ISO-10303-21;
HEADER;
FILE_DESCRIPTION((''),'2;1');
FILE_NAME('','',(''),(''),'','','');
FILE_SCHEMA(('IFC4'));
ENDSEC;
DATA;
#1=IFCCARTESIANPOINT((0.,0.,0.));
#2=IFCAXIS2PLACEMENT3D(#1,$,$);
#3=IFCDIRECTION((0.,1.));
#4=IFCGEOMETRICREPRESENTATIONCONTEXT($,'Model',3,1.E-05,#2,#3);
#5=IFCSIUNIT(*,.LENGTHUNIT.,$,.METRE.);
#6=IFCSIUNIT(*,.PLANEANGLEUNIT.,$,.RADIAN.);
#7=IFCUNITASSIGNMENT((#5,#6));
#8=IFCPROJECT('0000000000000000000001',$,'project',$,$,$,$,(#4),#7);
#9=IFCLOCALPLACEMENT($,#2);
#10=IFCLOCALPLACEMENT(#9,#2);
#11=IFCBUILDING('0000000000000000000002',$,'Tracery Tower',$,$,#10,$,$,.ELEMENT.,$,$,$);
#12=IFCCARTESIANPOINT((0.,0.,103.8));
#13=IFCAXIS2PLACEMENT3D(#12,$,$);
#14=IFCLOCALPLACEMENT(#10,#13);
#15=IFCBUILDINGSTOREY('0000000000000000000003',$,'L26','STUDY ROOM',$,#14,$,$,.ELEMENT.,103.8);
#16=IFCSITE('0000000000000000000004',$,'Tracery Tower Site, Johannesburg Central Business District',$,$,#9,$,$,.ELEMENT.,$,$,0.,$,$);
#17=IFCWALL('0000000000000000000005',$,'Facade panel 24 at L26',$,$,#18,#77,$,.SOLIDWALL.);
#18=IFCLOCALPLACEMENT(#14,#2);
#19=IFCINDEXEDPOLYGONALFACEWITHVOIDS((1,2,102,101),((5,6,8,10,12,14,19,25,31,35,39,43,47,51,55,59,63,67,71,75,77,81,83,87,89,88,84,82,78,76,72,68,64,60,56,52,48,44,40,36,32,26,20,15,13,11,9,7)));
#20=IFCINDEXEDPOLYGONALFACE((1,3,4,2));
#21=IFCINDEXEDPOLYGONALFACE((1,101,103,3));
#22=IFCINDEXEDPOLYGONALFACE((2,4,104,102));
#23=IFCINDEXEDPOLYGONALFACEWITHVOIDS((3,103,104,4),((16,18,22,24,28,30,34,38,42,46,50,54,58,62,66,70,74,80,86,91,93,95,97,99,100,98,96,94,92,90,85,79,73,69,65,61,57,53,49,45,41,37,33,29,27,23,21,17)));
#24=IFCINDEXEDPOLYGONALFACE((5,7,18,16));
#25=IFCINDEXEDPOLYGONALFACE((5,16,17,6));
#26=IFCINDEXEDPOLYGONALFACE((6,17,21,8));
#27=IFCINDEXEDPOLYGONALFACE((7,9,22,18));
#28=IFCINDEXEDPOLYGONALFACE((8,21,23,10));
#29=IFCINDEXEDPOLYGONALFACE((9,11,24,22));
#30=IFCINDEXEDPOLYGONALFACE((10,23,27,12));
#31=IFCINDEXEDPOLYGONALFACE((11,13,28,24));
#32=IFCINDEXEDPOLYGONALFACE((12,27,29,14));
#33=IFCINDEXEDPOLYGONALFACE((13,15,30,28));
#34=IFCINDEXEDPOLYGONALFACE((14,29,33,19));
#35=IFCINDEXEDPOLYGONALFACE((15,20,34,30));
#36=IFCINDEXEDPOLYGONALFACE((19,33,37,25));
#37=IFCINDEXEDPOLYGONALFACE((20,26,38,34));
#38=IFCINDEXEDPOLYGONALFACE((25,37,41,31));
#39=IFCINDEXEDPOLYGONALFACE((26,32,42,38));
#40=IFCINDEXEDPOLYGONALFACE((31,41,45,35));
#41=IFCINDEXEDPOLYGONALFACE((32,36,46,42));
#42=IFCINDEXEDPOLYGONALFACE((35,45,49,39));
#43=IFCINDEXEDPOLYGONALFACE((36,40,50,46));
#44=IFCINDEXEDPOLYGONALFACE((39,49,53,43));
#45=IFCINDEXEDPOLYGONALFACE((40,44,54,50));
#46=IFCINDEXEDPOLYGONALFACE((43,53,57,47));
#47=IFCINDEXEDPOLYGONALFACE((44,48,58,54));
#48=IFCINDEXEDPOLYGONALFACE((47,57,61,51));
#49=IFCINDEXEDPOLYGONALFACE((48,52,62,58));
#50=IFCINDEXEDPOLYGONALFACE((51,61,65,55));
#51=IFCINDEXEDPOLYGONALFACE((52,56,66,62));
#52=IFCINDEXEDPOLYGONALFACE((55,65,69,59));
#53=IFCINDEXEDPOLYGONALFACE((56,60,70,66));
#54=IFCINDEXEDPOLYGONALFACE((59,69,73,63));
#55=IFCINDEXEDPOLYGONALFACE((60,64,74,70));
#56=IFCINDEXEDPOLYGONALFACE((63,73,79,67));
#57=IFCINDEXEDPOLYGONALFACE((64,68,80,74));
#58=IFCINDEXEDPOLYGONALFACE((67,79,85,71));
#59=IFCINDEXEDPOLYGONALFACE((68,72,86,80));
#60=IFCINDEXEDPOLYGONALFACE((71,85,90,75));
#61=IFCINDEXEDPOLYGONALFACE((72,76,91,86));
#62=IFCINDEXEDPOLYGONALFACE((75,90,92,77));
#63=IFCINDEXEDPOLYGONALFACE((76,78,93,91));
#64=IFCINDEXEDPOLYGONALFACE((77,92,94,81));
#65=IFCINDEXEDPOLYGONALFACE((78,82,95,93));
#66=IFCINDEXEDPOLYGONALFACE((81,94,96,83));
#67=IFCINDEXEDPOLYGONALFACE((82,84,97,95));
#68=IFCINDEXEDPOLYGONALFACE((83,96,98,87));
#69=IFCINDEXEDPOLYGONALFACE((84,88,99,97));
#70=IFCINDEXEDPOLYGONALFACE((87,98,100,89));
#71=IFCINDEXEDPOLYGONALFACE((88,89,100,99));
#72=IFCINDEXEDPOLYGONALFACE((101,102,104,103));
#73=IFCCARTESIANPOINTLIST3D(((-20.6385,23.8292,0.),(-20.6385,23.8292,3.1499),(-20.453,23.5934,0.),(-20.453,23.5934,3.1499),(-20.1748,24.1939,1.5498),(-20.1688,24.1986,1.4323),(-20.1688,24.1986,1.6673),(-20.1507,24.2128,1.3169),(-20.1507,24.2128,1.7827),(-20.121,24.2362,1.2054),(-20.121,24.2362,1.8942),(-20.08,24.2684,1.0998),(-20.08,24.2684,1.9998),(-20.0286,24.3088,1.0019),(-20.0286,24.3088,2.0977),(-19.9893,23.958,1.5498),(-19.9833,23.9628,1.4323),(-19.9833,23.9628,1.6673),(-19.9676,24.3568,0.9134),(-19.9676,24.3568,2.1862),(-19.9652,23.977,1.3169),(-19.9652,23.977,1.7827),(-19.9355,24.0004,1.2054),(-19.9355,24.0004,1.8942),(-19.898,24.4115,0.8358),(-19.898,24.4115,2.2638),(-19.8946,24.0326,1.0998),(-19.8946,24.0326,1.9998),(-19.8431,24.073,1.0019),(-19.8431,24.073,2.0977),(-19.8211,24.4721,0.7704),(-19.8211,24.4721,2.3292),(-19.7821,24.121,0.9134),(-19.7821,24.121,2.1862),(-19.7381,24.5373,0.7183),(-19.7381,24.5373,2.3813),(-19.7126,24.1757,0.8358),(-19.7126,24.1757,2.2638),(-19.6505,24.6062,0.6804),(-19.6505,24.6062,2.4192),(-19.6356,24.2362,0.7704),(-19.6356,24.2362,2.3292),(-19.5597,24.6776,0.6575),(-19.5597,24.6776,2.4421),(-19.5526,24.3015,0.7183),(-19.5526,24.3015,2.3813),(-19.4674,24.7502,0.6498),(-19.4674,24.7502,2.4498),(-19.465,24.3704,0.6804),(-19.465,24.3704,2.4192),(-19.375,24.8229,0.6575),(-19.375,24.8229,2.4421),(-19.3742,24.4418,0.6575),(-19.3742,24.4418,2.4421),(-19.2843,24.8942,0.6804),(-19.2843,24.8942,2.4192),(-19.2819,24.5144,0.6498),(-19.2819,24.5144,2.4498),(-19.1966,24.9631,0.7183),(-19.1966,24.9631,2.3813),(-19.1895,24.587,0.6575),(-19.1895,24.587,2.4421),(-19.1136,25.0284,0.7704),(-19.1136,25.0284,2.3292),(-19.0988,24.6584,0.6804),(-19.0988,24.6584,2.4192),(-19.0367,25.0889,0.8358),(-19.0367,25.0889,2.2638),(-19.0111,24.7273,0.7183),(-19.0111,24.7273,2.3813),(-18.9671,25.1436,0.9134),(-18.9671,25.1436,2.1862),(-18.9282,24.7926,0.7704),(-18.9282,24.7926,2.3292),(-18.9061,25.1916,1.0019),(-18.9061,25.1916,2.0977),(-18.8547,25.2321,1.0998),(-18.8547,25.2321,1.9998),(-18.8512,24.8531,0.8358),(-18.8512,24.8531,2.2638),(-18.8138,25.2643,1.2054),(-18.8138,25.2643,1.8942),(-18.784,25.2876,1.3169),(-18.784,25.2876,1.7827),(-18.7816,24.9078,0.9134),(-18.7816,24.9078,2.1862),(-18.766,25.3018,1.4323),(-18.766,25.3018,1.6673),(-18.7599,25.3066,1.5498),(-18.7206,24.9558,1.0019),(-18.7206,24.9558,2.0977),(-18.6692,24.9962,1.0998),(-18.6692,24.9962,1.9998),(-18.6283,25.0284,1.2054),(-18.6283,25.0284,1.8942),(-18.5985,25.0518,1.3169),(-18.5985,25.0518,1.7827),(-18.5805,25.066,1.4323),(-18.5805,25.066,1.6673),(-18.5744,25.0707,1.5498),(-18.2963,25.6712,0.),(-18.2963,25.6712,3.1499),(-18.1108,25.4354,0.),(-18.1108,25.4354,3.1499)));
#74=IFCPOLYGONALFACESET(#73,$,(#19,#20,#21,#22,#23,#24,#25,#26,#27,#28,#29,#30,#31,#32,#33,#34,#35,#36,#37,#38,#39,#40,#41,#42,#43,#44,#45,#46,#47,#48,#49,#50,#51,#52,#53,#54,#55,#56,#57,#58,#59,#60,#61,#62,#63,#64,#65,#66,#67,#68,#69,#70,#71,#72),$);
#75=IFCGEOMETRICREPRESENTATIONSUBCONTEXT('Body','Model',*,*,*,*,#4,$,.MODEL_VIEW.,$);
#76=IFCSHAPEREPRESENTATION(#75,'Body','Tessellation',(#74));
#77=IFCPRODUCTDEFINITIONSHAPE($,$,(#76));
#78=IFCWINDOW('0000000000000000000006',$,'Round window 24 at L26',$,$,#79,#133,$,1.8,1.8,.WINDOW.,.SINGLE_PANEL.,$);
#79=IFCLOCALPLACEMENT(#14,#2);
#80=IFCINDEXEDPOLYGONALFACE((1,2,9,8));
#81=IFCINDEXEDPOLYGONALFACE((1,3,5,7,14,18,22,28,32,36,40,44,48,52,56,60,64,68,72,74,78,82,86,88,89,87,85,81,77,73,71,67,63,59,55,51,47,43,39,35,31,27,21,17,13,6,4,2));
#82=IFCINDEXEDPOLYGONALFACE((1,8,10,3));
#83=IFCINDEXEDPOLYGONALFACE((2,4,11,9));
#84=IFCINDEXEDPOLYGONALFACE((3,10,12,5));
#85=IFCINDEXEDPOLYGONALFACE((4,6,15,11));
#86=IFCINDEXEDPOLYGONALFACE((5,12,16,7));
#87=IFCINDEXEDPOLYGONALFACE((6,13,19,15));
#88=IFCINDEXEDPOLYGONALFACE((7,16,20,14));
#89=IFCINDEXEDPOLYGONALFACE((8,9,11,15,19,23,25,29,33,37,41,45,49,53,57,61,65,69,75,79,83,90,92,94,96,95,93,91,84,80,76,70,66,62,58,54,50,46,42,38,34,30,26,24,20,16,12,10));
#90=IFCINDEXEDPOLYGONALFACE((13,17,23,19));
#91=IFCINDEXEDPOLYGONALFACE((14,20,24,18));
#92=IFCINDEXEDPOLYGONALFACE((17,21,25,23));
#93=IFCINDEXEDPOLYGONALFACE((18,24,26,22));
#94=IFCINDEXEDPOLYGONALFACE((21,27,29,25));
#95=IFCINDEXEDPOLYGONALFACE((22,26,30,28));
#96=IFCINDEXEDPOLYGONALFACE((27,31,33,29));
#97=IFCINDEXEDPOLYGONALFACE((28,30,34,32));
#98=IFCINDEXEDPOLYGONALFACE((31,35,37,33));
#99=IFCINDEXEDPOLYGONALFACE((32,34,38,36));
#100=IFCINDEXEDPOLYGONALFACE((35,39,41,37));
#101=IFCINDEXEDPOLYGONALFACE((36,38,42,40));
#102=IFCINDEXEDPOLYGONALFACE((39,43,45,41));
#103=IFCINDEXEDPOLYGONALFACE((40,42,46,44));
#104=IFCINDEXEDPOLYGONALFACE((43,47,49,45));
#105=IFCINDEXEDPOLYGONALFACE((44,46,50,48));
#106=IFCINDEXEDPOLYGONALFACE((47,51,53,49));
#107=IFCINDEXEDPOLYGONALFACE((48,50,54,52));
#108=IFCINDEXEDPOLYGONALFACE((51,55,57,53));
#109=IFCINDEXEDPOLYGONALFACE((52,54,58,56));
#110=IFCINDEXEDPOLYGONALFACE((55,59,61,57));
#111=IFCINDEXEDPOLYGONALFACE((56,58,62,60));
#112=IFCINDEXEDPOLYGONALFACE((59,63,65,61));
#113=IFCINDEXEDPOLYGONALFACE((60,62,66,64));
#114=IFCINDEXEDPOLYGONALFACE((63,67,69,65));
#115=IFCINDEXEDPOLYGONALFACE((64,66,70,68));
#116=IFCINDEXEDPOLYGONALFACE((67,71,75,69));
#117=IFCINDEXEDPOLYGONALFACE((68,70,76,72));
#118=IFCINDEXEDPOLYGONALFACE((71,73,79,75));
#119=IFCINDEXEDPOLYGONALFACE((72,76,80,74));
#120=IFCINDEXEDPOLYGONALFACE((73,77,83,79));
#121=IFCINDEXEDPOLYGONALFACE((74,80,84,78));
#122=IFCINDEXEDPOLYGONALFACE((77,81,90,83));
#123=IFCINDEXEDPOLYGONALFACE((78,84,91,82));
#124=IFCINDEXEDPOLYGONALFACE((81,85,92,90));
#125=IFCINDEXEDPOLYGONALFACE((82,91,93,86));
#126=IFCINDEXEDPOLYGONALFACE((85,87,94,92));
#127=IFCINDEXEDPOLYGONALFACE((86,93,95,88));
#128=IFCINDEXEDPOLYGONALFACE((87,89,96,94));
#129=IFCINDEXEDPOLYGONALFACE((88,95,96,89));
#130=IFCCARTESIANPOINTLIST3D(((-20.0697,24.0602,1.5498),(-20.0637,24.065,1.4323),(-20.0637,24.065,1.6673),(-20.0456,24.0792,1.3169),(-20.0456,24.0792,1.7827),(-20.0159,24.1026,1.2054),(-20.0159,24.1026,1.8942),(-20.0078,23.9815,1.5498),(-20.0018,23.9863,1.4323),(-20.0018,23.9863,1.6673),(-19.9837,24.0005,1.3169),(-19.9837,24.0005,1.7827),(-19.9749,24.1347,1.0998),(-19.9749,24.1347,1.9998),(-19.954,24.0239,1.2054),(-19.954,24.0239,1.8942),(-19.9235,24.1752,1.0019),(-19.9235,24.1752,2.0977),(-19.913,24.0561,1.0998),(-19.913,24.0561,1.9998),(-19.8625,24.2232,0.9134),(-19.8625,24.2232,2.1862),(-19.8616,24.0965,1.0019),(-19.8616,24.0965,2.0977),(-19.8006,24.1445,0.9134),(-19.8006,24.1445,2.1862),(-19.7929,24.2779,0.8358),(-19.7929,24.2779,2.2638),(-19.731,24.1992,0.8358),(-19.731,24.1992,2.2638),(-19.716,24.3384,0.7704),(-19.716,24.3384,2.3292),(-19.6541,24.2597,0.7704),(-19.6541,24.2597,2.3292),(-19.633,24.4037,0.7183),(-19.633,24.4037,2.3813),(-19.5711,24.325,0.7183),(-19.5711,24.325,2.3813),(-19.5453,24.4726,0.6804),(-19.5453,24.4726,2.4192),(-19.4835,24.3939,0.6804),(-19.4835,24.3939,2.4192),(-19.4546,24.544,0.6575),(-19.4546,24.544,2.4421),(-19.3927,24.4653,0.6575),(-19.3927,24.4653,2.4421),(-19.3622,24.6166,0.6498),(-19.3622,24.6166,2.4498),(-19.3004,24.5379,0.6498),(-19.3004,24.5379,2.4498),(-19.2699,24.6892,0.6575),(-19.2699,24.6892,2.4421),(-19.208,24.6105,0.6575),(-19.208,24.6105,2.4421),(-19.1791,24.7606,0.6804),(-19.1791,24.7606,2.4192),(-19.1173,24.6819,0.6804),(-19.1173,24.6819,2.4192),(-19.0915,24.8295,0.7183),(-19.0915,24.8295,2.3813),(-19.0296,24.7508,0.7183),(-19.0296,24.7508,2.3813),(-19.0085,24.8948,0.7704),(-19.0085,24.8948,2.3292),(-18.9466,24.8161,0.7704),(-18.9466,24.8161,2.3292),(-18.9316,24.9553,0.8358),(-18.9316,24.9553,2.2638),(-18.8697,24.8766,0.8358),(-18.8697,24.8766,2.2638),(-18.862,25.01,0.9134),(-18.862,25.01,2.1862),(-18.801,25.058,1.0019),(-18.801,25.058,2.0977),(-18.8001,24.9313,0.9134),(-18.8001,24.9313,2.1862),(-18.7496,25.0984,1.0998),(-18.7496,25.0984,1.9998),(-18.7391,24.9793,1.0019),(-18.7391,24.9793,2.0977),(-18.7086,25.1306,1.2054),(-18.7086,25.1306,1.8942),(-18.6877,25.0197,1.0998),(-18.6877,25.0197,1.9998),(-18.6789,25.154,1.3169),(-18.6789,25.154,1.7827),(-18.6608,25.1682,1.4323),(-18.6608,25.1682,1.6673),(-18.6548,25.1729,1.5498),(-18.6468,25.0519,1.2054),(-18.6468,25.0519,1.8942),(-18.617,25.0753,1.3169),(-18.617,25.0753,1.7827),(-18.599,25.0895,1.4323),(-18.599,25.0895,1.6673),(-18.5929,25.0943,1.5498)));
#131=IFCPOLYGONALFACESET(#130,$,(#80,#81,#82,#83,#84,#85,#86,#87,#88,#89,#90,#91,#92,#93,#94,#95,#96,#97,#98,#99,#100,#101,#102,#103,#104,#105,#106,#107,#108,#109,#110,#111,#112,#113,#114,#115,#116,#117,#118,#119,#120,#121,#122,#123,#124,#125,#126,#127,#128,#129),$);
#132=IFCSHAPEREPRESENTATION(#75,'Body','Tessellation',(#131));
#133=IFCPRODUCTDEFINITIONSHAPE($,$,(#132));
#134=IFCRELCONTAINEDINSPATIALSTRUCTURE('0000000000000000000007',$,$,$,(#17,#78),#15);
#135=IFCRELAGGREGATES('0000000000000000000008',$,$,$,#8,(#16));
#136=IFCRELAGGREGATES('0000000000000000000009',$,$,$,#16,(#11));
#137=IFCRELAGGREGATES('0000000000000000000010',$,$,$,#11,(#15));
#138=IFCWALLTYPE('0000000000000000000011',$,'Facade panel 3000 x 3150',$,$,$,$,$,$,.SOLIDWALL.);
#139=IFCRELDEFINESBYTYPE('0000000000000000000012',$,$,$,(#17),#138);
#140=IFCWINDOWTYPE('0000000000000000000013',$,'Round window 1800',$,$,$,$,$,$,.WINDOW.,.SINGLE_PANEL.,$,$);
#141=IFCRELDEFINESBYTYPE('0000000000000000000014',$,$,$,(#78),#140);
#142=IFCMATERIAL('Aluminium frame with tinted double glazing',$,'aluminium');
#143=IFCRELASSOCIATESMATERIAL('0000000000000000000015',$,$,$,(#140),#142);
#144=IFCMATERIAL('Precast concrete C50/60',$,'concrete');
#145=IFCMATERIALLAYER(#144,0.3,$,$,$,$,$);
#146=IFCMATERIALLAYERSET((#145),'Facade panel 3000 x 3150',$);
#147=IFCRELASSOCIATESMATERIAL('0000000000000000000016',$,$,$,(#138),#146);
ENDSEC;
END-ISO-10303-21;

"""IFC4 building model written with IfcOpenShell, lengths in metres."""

from ifc_helpers import new_model, si_unit, direction, frame, frame_2d, origin, origin_2d, place, context, subcontext, project, spatial, rectangle, circle, extrude, material, layer, layer_set, type_object, element, fill, save


model = new_model("IFC4")

# Units and contexts
model_context = context("Model", 3, precision=1e-05, world=origin(), true_north=direction((0.0, 1.0)))
body_context = subcontext(model_context, "Body", "Model", "MODEL_VIEW")
ifc_project = project(units=[si_unit("LENGTHUNIT", "METRE"), si_unit("PLANEANGLEUNIT", "RADIAN")], contexts=[model_context])

# Site, building, storey
site_placement = place(None, origin())
site = spatial("IfcSite", under=ifc_project, at=site_placement, Name="Tracery Tower Site, Johannesburg Central Business District", CompositionType="ELEMENT", RefElevation=0.0)
building_placement = place(site_placement, origin())
building = spatial("IfcBuilding", under=site, at=building_placement, Name="Tracery Tower", CompositionType="ELEMENT")
storey_placement = place(building_placement, frame((0.0, 0.0, 103.8)))
storey = spatial("IfcBuildingStorey", under=building, at=storey_placement, Name="L26", Description="STUDY ROOM", CompositionType="ELEMENT", Elevation=103.8)

# Wall, opening, window
ifc_material_1 = material(Name="Aluminium frame with tinted double glazing", Category="aluminium")
window_type = type_object("IfcWindowType", Name="Round window 1800", PartitioningType="SINGLE_PANEL", PredefinedType="WINDOW", material=ifc_material_1)
ifc_material_2 = material(Name="Precast concrete C50/60", Category="concrete")
ifc_layer_1 = layer(ifc_material_2, 0.3)
ifc_layer_set_1 = layer_set([ifc_layer_1], Name="Facade panel 3000 x 3150")
wall_type_1 = type_object("IfcWallType", Name="Facade panel 3000 x 3150", PredefinedType="SOLIDWALL", material=ifc_layer_set_1)
wall_1_placement = place(storey_placement, frame((-18.2036, 25.5532, 0.0), z_axis=(0.0, 0.0, 1.0), x_axis=(-0.786045, -0.618169, 0.0)))
wall_1 = element("IfcWall", 1, at=wall_1_placement, inside=storey, type_object=wall_type_1, Name="Facade panel 24 at L26", PredefinedType="SOLIDWALL", context=body_context, shape_type="SweptSolid", body=[
    extrude(rectangle(XDim=2.9797, YDim=0.3, at=frame_2d((1.4897, 0.0))), origin(), (0.0, 0.0, 1.0), 3.1499),
])
opening_1_placement = place(wall_1_placement, frame((1.4897, 0.0, 1.5498)))
opening_1 = element("IfcOpeningElement", 2, at=opening_1_placement, cuts=wall_1, PredefinedType="OPENING", context=body_context, shape_type="SweptSolid", body=[
    extrude(circle(Radius=0.9, at=origin_2d()), frame((0.0, 0.1599, 0.0), z_axis=(0.0, -1.0, 0.0), x_axis=(1.0, 0.0, 0.0)), (0.0, 0.0, 1.0), 0.3201),
])
window_1_placement = place(opening_1_placement, origin())
window_1 = element("IfcWindow", 3, at=window_1_placement, inside=storey, type_object=window_type, Name="Round window 24 at L26", OverallHeight=1.8, OverallWidth=1.8, PartitioningType="SINGLE_PANEL", PredefinedType="WINDOW", context=body_context, shape_type="SweptSolid", body=[
    extrude(circle(Radius=0.9, at=origin_2d()), frame((0.0, 0.1201, 0.0), z_axis=(0.0, -1.0, 0.0), x_axis=(1.0, 0.0, 0.0)), (0.0, 0.0, 1.0), 0.1001),
])
fill(opening_1, window_1)

save(model, "model.ifc")
